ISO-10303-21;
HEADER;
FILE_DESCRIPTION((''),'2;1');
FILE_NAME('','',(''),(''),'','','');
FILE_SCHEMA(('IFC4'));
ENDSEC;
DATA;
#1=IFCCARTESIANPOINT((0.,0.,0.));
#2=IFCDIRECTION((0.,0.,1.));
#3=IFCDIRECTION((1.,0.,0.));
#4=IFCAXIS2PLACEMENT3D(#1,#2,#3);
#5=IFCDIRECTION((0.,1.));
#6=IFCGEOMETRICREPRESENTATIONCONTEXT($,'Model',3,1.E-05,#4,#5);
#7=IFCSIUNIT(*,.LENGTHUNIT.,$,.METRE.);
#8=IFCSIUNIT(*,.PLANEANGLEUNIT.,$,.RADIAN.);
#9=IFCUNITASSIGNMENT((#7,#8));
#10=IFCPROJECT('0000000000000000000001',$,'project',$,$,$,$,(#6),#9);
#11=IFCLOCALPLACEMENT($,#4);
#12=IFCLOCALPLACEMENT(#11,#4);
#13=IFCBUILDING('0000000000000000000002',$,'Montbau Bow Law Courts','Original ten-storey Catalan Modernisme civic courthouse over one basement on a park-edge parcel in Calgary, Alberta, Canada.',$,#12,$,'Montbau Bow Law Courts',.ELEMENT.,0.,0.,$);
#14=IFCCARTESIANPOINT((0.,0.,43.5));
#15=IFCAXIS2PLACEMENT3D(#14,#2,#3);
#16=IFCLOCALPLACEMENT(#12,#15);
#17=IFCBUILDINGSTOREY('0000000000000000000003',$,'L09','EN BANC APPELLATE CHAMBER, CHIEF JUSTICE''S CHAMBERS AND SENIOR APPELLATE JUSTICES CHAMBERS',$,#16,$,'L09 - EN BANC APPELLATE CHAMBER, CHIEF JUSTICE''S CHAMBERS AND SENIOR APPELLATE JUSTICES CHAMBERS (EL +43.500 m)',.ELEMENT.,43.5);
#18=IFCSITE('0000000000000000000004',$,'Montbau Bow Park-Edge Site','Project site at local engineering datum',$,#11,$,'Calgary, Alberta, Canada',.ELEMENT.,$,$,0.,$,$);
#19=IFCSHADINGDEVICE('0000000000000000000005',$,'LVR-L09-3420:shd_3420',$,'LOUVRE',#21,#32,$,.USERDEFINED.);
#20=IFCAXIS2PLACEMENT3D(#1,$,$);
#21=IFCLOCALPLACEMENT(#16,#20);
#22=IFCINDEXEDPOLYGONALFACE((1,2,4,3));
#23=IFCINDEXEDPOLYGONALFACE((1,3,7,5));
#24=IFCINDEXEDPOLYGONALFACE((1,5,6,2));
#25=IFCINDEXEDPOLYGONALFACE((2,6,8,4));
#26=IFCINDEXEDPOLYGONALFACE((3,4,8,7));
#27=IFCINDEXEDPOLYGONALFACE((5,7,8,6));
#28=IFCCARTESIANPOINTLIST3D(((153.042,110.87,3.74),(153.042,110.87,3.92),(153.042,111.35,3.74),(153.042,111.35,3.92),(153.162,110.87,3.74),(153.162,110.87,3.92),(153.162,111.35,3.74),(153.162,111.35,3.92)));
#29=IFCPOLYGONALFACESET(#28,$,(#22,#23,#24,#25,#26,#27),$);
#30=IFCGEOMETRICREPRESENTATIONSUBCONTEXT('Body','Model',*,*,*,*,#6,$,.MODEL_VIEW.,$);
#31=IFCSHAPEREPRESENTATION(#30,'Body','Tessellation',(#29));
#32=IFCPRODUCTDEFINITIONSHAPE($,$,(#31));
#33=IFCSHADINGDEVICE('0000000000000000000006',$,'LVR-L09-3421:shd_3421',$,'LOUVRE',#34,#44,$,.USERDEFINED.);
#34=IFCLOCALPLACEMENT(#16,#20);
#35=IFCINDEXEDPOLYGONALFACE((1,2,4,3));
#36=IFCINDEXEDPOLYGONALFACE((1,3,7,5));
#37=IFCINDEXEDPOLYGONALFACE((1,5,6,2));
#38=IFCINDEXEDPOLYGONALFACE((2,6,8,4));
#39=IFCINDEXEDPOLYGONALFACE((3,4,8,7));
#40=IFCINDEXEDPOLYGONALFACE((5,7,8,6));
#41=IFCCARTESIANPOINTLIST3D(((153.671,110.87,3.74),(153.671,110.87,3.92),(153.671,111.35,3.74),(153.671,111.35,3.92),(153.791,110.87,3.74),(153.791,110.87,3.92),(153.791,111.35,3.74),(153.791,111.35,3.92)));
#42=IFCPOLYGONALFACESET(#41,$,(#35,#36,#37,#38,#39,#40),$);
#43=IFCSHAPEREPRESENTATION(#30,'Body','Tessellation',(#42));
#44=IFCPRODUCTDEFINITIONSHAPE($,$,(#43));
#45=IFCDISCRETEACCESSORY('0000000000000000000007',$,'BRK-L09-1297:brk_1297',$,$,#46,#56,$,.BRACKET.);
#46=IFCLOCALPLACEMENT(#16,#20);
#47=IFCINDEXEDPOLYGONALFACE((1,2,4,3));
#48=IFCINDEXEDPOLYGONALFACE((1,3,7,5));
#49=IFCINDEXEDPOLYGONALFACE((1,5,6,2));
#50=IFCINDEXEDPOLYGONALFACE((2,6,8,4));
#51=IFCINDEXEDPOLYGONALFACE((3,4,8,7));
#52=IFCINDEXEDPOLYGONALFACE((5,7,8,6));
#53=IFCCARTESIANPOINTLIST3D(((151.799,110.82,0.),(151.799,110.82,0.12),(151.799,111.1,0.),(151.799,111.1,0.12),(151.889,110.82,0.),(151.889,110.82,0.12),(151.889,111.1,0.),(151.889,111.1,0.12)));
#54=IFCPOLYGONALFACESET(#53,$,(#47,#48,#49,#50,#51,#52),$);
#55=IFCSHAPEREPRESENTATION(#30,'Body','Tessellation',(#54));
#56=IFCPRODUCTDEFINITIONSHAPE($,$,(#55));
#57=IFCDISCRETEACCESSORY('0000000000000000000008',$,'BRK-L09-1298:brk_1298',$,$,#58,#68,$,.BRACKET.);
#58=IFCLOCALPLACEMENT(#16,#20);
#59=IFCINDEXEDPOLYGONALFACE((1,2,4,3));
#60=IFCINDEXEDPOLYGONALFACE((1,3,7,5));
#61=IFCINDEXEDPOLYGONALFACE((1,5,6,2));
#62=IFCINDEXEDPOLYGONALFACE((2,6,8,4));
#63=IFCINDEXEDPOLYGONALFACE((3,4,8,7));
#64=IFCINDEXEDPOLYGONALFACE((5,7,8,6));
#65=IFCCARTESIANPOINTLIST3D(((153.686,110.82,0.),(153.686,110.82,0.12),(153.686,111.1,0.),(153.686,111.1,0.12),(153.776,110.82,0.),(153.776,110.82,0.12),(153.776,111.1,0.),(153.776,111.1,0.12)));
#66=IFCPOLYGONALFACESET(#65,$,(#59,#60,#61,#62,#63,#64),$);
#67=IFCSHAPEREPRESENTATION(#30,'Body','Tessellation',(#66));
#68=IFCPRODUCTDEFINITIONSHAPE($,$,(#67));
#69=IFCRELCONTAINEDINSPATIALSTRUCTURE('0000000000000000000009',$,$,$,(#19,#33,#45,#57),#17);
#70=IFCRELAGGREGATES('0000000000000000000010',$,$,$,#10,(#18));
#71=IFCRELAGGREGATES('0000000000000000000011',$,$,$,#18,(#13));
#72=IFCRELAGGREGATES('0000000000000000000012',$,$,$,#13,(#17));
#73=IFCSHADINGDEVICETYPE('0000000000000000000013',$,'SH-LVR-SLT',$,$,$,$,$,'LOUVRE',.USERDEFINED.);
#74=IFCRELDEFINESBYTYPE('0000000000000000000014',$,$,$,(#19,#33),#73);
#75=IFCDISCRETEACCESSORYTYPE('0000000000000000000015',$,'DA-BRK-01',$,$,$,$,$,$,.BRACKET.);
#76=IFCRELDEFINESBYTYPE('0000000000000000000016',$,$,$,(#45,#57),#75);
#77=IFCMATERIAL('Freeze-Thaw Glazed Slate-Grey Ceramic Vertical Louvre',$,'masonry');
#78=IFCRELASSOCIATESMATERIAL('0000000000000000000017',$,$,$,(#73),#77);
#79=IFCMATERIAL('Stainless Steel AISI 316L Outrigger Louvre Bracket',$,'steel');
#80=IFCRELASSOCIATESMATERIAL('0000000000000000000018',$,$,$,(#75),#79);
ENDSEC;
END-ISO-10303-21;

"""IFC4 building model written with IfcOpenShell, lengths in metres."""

from ifc_helpers import new_model, si_unit, direction, frame, origin_with_axes, origin_2d_with_axis, place, context, subcontext, project, spatial, rectangle, extrude, material, type_object, element, save


model = new_model("IFC4")

# Units and contexts
model_context = context("Model", 3, precision=1e-05, world=origin_with_axes(), true_north=direction((0.0, 1.0)))
body_context = subcontext(model_context, "Body", "Model", "MODEL_VIEW")
ifc_project = project(units=[si_unit("LENGTHUNIT", "METRE"), si_unit("PLANEANGLEUNIT", "RADIAN")], contexts=[model_context])

# Site, building, storey
site_placement = place(None, origin_with_axes())
site = spatial("IfcSite", under=ifc_project, at=site_placement, Name="Montbau Bow Park-Edge Site", Description="Project site at local engineering datum", LongName="Calgary, Alberta, Canada", CompositionType="ELEMENT", RefElevation=0.0)
building_placement = place(site_placement, origin_with_axes())
building = spatial("IfcBuilding", under=site, at=building_placement, Name="Montbau Bow Law Courts", Description="Original ten-storey Catalan Modernisme civic courthouse over one basement on a park-edge parcel in Calgary, Alberta, Canada.", LongName="Montbau Bow Law Courts", CompositionType="ELEMENT", ElevationOfRefHeight=0.0, ElevationOfTerrain=0.0)
storey_placement = place(building_placement, frame((0.0, 0.0, 43.5), z_axis=(0.0, 0.0, 1.0), x_axis=(1.0, 0.0, 0.0)))
storey = spatial("IfcBuildingStorey", under=building, at=storey_placement, Name="L09", Description="EN BANC APPELLATE CHAMBER, CHIEF JUSTICE'S CHAMBERS AND SENIOR APPELLATE JUSTICES CHAMBERS", LongName="L09 - EN BANC APPELLATE CHAMBER, CHIEF JUSTICE'S CHAMBERS AND SENIOR APPELLATE JUSTICES CHAMBERS (EL +43.500 m)", CompositionType="ELEMENT", Elevation=43.5)

# Shared definitions
ifc_material_1 = material(Name="Freeze-Thaw Glazed Slate-Grey Ceramic Vertical Louvre", Category="masonry")

# Shading devices
shading_device_type = type_object("IfcShadingDeviceType", Name="SH-LVR-SLT", ElementType="LOUVRE", PredefinedType="USERDEFINED", material=ifc_material_1)
for number, where, z_axis, x_axis, name in (
    (1, (153.102, 111.11, 47.24), (0.0, 0.0, 1.0), (0.0, 1.0, 0.0), "LVR-L09-3420:shd_3420"),
    (2, (153.731, 111.11, 47.24), (0.0, 0.0, 1.0), (0.0, 1.0, 0.0), "LVR-L09-3421:shd_3421"),
):
    element("IfcShadingDevice", number, at=place(None, frame(where, z_axis=z_axis, x_axis=x_axis)), inside=storey, type_object=shading_device_type, Name=name, ObjectType="LOUVRE", PredefinedType="USERDEFINED", context=body_context, shape_type="SweptSolid", body=[
        extrude(rectangle(XDim=0.48, YDim=0.12, at=origin_2d_with_axis()), origin_with_axes(), (0.0, 0.0, 1.0), 0.18),
    ])

# Discrete accessories
ifc_material_2 = material(Name="Stainless Steel AISI 316L Outrigger Louvre Bracket", Category="steel")
discrete_accessory_type = type_object("IfcDiscreteAccessoryType", Name="DA-BRK-01", PredefinedType="BRACKET", material=ifc_material_2)
for number, where, z_axis, x_axis, name in (
    (3, (151.844, 110.96, 43.5), (0.0, 0.0, 1.0), (0.0, 1.0, 0.0), "BRK-L09-1297:brk_1297"),
    (4, (153.731, 110.96, 43.5), (0.0, 0.0, 1.0), (0.0, 1.0, 0.0), "BRK-L09-1298:brk_1298"),
):
    element("IfcDiscreteAccessory", number, at=place(None, frame(where, z_axis=z_axis, x_axis=x_axis)), inside=storey, type_object=discrete_accessory_type, Name=name, PredefinedType="BRACKET", context=body_context, shape_type="SweptSolid", body=[
        extrude(rectangle(XDim=0.28, YDim=0.09, at=origin_2d_with_axis()), origin_with_axes(), (0.0, 0.0, 1.0), 0.12),
    ])

save(model, "model.ifc")
